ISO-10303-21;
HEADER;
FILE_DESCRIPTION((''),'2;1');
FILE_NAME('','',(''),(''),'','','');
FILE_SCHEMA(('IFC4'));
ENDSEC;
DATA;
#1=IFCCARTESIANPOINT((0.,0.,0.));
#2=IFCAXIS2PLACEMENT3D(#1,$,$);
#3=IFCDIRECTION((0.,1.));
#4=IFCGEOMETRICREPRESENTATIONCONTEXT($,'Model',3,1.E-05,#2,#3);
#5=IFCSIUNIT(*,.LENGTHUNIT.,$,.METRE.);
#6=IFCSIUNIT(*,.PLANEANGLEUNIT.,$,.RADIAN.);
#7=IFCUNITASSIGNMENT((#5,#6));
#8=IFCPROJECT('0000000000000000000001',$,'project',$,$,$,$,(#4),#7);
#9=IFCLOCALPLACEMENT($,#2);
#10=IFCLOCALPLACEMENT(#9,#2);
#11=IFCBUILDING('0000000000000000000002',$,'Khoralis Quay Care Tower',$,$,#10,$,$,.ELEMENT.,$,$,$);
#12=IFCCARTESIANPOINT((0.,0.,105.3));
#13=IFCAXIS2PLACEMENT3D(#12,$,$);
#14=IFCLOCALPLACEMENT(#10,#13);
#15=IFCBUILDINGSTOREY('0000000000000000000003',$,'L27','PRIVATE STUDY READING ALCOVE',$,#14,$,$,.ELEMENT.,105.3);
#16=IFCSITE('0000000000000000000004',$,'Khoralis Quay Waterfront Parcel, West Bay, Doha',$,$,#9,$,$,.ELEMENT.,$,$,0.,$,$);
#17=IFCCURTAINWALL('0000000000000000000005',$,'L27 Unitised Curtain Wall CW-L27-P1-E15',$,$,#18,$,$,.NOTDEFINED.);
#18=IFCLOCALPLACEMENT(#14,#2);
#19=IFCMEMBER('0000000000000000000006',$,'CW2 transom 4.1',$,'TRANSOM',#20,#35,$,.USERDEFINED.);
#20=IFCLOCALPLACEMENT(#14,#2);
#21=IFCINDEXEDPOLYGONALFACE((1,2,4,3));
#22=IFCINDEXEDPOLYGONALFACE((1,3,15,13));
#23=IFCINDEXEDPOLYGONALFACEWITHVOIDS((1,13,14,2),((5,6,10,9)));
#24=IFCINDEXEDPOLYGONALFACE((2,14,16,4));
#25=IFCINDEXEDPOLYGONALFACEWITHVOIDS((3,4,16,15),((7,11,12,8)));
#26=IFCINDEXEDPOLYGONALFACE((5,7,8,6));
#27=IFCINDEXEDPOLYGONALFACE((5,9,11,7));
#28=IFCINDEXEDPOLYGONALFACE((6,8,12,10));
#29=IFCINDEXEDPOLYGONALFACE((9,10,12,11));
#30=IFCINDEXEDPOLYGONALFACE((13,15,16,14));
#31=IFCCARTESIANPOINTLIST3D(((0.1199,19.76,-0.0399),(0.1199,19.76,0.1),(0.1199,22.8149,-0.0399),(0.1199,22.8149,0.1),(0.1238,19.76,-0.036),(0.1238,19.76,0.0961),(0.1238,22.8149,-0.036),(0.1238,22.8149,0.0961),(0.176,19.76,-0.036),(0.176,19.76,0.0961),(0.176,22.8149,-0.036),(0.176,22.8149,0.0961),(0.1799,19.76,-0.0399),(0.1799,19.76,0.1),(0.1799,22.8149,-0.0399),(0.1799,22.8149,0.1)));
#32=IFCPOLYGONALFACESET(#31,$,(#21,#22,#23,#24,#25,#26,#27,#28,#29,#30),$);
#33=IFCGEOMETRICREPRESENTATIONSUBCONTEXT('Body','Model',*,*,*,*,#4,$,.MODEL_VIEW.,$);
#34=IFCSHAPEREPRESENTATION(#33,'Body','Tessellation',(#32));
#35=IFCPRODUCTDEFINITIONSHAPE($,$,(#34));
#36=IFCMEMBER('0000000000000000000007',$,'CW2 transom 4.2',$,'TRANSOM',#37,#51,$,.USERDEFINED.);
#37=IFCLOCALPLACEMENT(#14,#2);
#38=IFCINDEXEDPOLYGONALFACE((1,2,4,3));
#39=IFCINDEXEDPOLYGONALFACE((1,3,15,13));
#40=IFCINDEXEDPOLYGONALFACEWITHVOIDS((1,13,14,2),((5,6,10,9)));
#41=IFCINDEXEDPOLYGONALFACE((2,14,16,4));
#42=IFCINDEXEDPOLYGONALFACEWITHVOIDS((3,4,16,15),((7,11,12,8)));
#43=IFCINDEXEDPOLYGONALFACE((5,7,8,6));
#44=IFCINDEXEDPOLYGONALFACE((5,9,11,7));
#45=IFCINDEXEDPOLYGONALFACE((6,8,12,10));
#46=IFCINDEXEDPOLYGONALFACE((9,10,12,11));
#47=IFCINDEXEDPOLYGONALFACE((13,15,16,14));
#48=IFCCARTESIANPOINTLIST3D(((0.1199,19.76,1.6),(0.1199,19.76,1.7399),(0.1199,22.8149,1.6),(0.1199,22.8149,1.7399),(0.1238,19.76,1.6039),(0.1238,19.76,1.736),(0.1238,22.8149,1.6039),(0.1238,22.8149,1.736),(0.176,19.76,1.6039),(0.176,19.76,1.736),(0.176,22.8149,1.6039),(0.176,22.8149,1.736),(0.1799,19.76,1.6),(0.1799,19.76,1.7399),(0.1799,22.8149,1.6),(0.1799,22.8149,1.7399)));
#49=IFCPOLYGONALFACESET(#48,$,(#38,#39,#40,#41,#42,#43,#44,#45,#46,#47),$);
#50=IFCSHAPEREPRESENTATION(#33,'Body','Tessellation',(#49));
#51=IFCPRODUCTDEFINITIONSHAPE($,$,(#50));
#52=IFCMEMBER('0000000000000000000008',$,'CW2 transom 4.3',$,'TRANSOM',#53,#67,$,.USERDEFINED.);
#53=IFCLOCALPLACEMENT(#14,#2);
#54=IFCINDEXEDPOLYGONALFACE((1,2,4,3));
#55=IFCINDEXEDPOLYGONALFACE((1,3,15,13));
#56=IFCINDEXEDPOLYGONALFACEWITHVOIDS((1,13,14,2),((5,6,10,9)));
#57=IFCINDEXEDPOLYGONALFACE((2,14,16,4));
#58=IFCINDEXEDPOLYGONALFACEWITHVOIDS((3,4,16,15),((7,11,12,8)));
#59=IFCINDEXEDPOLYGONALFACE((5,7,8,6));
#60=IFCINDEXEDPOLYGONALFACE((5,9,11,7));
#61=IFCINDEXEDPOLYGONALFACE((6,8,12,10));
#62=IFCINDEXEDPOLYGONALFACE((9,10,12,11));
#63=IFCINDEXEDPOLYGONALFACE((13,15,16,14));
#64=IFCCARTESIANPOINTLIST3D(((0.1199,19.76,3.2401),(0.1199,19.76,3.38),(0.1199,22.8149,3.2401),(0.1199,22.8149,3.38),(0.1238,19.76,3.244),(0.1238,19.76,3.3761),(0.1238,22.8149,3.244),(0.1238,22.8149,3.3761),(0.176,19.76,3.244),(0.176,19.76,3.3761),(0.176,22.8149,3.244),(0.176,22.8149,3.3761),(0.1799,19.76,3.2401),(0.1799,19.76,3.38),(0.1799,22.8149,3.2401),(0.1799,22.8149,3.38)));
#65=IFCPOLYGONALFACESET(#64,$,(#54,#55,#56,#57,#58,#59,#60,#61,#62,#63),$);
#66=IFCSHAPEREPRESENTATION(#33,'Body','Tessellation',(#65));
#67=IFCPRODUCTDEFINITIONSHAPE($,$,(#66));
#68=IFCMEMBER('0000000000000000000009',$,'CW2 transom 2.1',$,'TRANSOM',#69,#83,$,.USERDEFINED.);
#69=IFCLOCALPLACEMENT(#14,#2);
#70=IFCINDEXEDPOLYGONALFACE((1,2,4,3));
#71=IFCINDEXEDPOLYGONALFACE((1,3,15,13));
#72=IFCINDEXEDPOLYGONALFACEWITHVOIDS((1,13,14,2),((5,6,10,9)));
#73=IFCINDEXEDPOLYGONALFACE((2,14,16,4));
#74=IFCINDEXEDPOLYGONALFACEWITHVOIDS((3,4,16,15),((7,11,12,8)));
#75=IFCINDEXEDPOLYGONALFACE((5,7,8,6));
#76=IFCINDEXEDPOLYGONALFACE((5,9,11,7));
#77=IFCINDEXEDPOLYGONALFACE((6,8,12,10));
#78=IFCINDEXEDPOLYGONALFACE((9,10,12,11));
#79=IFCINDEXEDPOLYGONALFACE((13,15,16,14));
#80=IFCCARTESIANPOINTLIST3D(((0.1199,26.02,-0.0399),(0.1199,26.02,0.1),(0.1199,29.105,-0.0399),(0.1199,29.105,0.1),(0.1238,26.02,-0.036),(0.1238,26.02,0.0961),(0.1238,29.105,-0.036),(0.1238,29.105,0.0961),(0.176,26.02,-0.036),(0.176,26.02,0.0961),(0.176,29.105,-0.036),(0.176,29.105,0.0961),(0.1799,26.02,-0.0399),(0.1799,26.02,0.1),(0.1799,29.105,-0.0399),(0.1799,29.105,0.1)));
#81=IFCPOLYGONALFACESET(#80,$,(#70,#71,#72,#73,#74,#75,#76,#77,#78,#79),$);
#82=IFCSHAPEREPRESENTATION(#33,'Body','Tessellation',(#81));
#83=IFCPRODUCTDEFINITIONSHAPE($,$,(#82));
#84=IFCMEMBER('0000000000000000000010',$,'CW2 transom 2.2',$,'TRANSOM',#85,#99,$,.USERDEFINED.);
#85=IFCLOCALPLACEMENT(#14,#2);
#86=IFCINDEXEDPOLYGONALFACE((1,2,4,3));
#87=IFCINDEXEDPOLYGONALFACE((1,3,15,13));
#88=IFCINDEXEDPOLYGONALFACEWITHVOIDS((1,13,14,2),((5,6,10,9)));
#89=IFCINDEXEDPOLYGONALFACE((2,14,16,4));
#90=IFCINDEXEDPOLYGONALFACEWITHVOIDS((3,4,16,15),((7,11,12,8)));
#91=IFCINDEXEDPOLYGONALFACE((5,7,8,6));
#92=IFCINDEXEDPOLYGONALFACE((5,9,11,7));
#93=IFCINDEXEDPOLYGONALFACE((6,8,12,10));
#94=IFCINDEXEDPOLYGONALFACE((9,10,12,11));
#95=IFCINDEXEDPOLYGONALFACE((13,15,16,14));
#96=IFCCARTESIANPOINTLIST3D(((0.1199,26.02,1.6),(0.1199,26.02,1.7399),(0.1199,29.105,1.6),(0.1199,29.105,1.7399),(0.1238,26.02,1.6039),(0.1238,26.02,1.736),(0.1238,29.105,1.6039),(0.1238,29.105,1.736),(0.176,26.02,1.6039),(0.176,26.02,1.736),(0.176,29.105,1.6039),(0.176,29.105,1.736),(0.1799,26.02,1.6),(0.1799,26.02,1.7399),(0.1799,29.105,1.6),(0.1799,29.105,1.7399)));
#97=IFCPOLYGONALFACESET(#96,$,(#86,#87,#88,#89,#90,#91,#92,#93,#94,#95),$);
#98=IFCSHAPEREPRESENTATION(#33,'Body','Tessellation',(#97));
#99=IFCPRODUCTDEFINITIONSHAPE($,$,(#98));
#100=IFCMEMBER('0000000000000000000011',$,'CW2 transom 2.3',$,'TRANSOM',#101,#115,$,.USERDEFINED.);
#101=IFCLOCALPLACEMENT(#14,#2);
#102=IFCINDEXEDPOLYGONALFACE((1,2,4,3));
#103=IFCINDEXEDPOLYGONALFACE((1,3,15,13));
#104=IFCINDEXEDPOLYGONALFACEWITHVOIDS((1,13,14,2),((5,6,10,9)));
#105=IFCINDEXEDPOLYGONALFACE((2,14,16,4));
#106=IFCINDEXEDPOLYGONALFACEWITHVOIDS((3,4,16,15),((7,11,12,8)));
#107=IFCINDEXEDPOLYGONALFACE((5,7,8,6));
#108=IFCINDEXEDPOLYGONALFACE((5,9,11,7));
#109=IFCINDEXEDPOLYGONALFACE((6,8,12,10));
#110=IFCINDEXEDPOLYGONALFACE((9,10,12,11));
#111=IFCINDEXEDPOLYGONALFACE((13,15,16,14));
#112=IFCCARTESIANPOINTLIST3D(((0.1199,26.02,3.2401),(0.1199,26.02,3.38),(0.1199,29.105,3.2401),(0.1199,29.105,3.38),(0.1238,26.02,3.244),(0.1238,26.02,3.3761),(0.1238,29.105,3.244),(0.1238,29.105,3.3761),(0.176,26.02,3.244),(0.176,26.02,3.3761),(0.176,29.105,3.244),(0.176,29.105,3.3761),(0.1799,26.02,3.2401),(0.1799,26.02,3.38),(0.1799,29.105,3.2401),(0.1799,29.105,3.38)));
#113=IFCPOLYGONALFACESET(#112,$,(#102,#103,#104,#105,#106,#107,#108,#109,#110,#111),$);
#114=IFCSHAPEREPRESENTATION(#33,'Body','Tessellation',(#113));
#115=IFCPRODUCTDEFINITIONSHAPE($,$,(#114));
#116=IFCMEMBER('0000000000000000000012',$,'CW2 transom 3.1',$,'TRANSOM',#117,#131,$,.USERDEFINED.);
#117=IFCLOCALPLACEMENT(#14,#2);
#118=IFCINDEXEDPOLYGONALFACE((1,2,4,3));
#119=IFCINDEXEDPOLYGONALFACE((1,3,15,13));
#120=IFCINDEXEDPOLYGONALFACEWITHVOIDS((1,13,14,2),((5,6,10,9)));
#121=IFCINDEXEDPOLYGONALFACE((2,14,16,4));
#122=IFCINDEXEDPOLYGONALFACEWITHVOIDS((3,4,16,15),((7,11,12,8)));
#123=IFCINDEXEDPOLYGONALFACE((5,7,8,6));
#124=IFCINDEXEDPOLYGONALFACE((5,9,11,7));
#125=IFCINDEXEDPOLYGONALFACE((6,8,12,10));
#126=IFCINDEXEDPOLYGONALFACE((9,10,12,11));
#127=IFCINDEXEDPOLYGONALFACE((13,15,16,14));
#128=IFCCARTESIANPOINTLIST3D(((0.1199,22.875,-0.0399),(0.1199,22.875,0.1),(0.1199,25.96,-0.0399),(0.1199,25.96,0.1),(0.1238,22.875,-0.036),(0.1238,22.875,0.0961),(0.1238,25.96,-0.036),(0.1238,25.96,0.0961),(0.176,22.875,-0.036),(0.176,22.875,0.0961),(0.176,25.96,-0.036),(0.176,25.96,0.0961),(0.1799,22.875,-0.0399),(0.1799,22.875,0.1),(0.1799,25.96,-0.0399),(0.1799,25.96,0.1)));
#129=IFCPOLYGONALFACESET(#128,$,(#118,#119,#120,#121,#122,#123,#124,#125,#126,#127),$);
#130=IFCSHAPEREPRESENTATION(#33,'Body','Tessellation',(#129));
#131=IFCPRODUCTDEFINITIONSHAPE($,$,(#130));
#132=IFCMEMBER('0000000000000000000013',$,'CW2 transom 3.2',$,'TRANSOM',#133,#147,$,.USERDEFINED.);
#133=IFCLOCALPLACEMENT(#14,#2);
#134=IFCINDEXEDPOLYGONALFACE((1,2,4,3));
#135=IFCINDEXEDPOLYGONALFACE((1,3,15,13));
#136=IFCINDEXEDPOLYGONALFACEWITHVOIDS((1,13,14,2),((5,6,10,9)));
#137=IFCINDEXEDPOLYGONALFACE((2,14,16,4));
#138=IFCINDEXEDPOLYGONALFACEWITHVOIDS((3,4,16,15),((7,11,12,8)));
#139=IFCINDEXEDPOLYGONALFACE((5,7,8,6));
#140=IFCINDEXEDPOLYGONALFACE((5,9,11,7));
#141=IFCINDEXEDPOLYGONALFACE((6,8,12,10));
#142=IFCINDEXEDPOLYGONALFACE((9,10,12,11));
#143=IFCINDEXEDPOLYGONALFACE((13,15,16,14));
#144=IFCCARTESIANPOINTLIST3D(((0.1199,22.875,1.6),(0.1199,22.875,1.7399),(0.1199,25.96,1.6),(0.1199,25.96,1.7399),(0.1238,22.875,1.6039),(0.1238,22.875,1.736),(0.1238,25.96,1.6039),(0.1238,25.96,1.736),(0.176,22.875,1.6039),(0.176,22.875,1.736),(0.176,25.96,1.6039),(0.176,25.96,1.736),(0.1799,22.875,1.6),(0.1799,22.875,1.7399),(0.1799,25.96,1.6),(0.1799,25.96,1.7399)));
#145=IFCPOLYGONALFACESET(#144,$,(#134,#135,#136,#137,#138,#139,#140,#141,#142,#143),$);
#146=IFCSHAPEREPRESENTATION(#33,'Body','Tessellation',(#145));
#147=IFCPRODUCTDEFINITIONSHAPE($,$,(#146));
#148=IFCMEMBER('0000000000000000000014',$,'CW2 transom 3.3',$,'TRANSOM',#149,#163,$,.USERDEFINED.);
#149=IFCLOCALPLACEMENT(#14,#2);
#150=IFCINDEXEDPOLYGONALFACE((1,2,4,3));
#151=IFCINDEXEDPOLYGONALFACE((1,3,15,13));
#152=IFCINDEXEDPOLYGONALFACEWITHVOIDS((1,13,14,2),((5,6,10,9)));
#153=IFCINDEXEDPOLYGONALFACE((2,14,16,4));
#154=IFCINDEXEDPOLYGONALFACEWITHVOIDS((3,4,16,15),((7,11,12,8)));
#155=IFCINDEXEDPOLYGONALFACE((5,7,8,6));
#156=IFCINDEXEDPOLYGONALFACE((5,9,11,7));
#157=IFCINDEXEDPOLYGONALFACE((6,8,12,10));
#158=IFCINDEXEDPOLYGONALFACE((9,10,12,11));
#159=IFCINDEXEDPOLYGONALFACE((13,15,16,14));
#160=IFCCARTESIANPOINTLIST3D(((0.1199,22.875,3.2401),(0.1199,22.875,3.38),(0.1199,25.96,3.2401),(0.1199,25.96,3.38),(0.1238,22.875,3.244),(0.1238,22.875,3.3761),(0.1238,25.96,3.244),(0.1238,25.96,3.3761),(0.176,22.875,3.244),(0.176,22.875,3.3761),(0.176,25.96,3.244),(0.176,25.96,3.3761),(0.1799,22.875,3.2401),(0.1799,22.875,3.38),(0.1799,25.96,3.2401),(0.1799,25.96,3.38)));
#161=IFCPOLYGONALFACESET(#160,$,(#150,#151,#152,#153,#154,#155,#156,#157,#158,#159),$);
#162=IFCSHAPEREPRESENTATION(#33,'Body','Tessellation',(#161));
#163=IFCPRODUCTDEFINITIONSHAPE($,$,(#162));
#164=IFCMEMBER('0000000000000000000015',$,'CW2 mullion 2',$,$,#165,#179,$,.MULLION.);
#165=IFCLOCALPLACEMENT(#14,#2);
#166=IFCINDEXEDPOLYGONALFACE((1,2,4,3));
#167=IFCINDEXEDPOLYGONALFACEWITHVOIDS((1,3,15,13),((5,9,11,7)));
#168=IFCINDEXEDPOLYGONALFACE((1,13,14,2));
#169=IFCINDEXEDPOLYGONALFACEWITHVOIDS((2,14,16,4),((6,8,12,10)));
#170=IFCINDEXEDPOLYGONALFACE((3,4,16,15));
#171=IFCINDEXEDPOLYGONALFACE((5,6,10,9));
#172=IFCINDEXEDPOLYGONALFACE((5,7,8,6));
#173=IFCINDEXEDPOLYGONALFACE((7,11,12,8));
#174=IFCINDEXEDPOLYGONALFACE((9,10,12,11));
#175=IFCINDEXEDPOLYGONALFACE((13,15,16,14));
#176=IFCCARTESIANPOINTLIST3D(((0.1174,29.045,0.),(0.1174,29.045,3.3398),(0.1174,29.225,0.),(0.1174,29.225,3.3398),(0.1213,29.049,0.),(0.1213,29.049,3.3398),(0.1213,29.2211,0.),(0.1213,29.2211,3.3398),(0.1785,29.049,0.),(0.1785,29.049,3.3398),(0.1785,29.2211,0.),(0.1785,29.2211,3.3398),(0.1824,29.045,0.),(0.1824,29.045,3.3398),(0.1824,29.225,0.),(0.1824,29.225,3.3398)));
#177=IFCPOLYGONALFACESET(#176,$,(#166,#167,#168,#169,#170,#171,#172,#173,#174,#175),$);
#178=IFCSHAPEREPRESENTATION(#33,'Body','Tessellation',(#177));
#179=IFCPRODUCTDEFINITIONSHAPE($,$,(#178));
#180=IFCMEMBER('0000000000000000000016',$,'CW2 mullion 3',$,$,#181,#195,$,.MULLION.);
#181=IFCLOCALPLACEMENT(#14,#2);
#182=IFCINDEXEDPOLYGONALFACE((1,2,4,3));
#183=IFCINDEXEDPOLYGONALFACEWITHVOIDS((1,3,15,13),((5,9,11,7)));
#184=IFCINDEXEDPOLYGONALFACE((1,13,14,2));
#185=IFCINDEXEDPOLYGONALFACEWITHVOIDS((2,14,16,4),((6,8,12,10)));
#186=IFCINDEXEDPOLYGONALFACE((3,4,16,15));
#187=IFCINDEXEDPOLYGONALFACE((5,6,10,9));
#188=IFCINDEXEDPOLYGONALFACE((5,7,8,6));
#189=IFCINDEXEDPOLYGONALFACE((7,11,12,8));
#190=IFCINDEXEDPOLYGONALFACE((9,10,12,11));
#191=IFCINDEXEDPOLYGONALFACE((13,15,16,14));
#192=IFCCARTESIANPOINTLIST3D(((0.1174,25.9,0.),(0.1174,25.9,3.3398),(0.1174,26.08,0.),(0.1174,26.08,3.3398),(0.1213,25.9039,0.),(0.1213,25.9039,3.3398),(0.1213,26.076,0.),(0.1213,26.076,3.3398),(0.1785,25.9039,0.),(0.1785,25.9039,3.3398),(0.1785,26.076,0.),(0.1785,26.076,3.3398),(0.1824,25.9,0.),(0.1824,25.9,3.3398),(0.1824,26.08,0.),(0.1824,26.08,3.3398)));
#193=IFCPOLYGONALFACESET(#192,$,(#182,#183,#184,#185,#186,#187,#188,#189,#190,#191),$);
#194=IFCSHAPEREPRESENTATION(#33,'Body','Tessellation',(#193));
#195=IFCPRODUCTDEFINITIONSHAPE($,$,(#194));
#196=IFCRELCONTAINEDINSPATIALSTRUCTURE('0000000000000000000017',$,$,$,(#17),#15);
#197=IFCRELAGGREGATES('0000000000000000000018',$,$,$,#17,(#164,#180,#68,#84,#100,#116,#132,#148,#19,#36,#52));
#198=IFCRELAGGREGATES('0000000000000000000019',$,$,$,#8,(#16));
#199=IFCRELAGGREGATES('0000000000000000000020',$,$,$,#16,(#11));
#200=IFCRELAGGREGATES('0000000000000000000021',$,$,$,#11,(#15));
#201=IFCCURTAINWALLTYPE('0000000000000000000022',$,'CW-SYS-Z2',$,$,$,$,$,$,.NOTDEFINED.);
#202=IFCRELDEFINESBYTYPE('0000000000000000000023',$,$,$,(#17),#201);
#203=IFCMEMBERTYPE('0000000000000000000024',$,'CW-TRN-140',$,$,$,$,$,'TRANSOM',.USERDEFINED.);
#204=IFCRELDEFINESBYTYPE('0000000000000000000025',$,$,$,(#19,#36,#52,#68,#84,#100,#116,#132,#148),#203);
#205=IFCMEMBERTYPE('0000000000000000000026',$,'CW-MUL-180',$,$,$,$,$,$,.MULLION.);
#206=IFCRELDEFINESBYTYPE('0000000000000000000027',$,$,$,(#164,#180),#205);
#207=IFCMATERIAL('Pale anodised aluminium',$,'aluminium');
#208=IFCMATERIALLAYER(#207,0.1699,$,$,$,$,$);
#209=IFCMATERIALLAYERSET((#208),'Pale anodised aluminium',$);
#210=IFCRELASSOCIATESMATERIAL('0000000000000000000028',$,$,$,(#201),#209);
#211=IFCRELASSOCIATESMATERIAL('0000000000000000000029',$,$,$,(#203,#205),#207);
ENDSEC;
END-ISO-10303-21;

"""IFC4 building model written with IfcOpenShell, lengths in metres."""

from ifc_helpers import new_model, si_unit, direction, frame, origin, origin_2d, place, context, subcontext, project, spatial, hollow_rectangle, extrude, source, transform, mapped, material, layer, layer_set, material_profile, profile_set, type_object, element, aggregate, save


model = new_model("IFC4")

# Units and contexts
model_context = context("Model", 3, precision=1e-05, world=origin(), true_north=direction((0.0, 1.0)))
body_context = subcontext(model_context, "Body", "Model", "MODEL_VIEW")
ifc_project = project(units=[si_unit("LENGTHUNIT", "METRE"), si_unit("PLANEANGLEUNIT", "RADIAN")], contexts=[model_context])

# Site, building, storey
site_placement = place(None, origin())
site = spatial("IfcSite", under=ifc_project, at=site_placement, Name="Khoralis Quay Waterfront Parcel, West Bay, Doha", CompositionType="ELEMENT", RefElevation=0.0)
building_placement = place(site_placement, origin())
building = spatial("IfcBuilding", under=site, at=building_placement, Name="Khoralis Quay Care Tower", CompositionType="ELEMENT")
storey_placement = place(building_placement, frame((0.0, 0.0, 105.3)))
storey = spatial("IfcBuildingStorey", under=building, at=storey_placement, Name="L27", Description="PRIVATE STUDY READING ALCOVE", CompositionType="ELEMENT", Elevation=105.3)

# Curtain wall, members
ifc_material_1 = material(Name="Pale anodised aluminium", Category="aluminium")
ifc_layer_1 = layer(ifc_material_1, 0.1699)
ifc_layer_set_1 = layer_set([ifc_layer_1], Name="Pale anodised aluminium")
curtain_wall_type = type_object("IfcCurtainWallType", Name="CW-SYS-Z2", PredefinedType="NOTDEFINED", material=ifc_layer_set_1)
curtain_wall_placement = place(storey_placement, origin())
curtain_wall = element("IfcCurtainWall", 1, at=curtain_wall_placement, inside=storey, type_object=curtain_wall_type, Name="L27 Unitised Curtain Wall CW-L27-P1-E15", PredefinedType="NOTDEFINED")
ifc_material_profile_1 = material_profile(ifc_material_1, hollow_rectangle(XDim=0.0601, YDim=0.1399, WallThickness=0.0039, at=origin_2d()), Name="Pale anodised aluminium")
ifc_profile_set_1 = profile_set([ifc_material_profile_1], Name="Pale anodised aluminium")
member_type_1 = type_object("IfcMemberType", Name="CW-TRN-140", ElementType="TRANSOM", PredefinedType="USERDEFINED", material=ifc_profile_set_1)
shared_shape_1 = source(origin(), body_context, "Body", "SweptSolid", [
    extrude(hollow_rectangle(XDim=0.0601, YDim=0.1399, WallThickness=0.0039, at=origin_2d()), origin(), (0.0, 0.0, 1.0), 3.0549),
])
member_1_placement = place(storey_placement, frame((0.1499, 22.8149, 0.03), z_axis=(0.0, -1.0, 0.0), x_axis=(1.0, 0.0, 0.0)))
member_1 = element("IfcMember", 2, at=member_1_placement, type_object=member_type_1, Name="CW2 transom 4.1", ObjectType="TRANSOM", PredefinedType="USERDEFINED", context=body_context, shape_type="MappedRepresentation", body=[
    mapped(shared_shape_1, transform((0.0, 0.0, 0.0), scale=1.0)),
])
member_2_placement = place(storey_placement, frame((0.1499, 22.8149, 1.6699), z_axis=(0.0, -1.0, 0.0), x_axis=(1.0, 0.0, 0.0)))
member_2 = element("IfcMember", 3, at=member_2_placement, type_object=member_type_1, Name="CW2 transom 4.2", ObjectType="TRANSOM", PredefinedType="USERDEFINED", context=body_context, shape_type="MappedRepresentation", body=[
    mapped(shared_shape_1, transform((0.0, 0.0, 0.0), scale=1.0)),
])
member_3_placement = place(storey_placement, frame((0.1499, 22.8149, 3.3101), z_axis=(0.0, -1.0, 0.0), x_axis=(1.0, 0.0, 0.0)))
member_3 = element("IfcMember", 4, at=member_3_placement, type_object=member_type_1, Name="CW2 transom 4.3", ObjectType="TRANSOM", PredefinedType="USERDEFINED", context=body_context, shape_type="MappedRepresentation", body=[
    mapped(shared_shape_1, transform((0.0, 0.0, 0.0), scale=1.0)),
])
shared_shape_2 = source(origin(), body_context, "Body", "SweptSolid", [
    extrude(hollow_rectangle(XDim=0.0601, YDim=0.1399, WallThickness=0.0039, at=origin_2d()), origin(), (0.0, 0.0, 1.0), 3.085),
])
member_4_placement = place(storey_placement, frame((0.1499, 29.105, 0.03), z_axis=(0.0, -1.0, 0.0), x_axis=(1.0, 0.0, 0.0)))
member_4 = element("IfcMember", 5, at=member_4_placement, type_object=member_type_1, Name="CW2 transom 2.1", ObjectType="TRANSOM", PredefinedType="USERDEFINED", context=body_context, shape_type="MappedRepresentation", body=[
    mapped(shared_shape_2, transform((0.0, 0.0, 0.0), scale=1.0)),
])
member_5_placement = place(storey_placement, frame((0.1499, 29.105, 1.6699), z_axis=(0.0, -1.0, 0.0), x_axis=(1.0, 0.0, 0.0)))
member_5 = element("IfcMember", 6, at=member_5_placement, type_object=member_type_1, Name="CW2 transom 2.2", ObjectType="TRANSOM", PredefinedType="USERDEFINED", context=body_context, shape_type="MappedRepresentation", body=[
    mapped(shared_shape_2, transform((0.0, 0.0, 0.0), scale=1.0)),
])
member_6_placement = place(storey_placement, frame((0.1499, 29.105, 3.3101), z_axis=(0.0, -1.0, 0.0), x_axis=(1.0, 0.0, 0.0)))
member_6 = element("IfcMember", 7, at=member_6_placement, type_object=member_type_1, Name="CW2 transom 2.3", ObjectType="TRANSOM", PredefinedType="USERDEFINED", context=body_context, shape_type="MappedRepresentation", body=[
    mapped(shared_shape_2, transform((0.0, 0.0, 0.0), scale=1.0)),
])
member_7_placement = place(storey_placement, frame((0.1499, 25.96, 0.03), z_axis=(0.0, -1.0, 0.0), x_axis=(1.0, 0.0, 0.0)))
member_7 = element("IfcMember", 8, at=member_7_placement, type_object=member_type_1, Name="CW2 transom 3.1", ObjectType="TRANSOM", PredefinedType="USERDEFINED", context=body_context, shape_type="MappedRepresentation", body=[
    mapped(shared_shape_2, transform((0.0, 0.0, 0.0), scale=1.0)),
])
member_8_placement = place(storey_placement, frame((0.1499, 25.96, 1.6699), z_axis=(0.0, -1.0, 0.0), x_axis=(1.0, 0.0, 0.0)))
member_8 = element("IfcMember", 9, at=member_8_placement, type_object=member_type_1, Name="CW2 transom 3.2", ObjectType="TRANSOM", PredefinedType="USERDEFINED", context=body_context, shape_type="MappedRepresentation", body=[
    mapped(shared_shape_2, transform((0.0, 0.0, 0.0), scale=1.0)),
])
member_9_placement = place(storey_placement, frame((0.1499, 25.96, 3.3101), z_axis=(0.0, -1.0, 0.0), x_axis=(1.0, 0.0, 0.0)))
member_9 = element("IfcMember", 10, at=member_9_placement, type_object=member_type_1, Name="CW2 transom 3.3", ObjectType="TRANSOM", PredefinedType="USERDEFINED", context=body_context, shape_type="MappedRepresentation", body=[
    mapped(shared_shape_2, transform((0.0, 0.0, 0.0), scale=1.0)),
])
ifc_material_profile_2 = material_profile(ifc_material_1, hollow_rectangle(XDim=0.0649, YDim=0.1799, WallThickness=0.0039, at=origin_2d()), Name="Pale anodised aluminium")
ifc_profile_set_2 = profile_set([ifc_material_profile_2], Name="Pale anodised aluminium")
member_type_2 = type_object("IfcMemberType", Name="CW-MUL-180", PredefinedType="MULLION", material=ifc_profile_set_2)
shared_shape_3 = source(origin(), body_context, "Body", "SweptSolid", [
    extrude(hollow_rectangle(XDim=0.0649, YDim=0.1799, WallThickness=0.0039, at=origin_2d()), origin(), (0.0, 0.0, 1.0), 3.3398),
])
member_10_placement = place(storey_placement, frame((0.1499, 29.135, 0.0), z_axis=(0.0, 0.0, 1.0), x_axis=(1.0, 0.0, 0.0)))
member_10 = element("IfcMember", 11, at=member_10_placement, type_object=member_type_2, Name="CW2 mullion 2", PredefinedType="MULLION", context=body_context, shape_type="MappedRepresentation", body=[
    mapped(shared_shape_3, transform((0.0, 0.0, 0.0), scale=1.0)),
])
member_11_placement = place(storey_placement, frame((0.1499, 25.99, 0.0), z_axis=(0.0, 0.0, 1.0), x_axis=(1.0, 0.0, 0.0)))
member_11 = element("IfcMember", 12, at=member_11_placement, type_object=member_type_2, Name="CW2 mullion 3", PredefinedType="MULLION", context=body_context, shape_type="MappedRepresentation", body=[
    mapped(shared_shape_3, transform((0.0, 0.0, 0.0), scale=1.0)),
])
aggregate(curtain_wall, [member_10, member_11, member_4, member_5, member_6, member_7, member_8, member_9, member_1, member_2, member_3])

save(model, "model.ifc")
